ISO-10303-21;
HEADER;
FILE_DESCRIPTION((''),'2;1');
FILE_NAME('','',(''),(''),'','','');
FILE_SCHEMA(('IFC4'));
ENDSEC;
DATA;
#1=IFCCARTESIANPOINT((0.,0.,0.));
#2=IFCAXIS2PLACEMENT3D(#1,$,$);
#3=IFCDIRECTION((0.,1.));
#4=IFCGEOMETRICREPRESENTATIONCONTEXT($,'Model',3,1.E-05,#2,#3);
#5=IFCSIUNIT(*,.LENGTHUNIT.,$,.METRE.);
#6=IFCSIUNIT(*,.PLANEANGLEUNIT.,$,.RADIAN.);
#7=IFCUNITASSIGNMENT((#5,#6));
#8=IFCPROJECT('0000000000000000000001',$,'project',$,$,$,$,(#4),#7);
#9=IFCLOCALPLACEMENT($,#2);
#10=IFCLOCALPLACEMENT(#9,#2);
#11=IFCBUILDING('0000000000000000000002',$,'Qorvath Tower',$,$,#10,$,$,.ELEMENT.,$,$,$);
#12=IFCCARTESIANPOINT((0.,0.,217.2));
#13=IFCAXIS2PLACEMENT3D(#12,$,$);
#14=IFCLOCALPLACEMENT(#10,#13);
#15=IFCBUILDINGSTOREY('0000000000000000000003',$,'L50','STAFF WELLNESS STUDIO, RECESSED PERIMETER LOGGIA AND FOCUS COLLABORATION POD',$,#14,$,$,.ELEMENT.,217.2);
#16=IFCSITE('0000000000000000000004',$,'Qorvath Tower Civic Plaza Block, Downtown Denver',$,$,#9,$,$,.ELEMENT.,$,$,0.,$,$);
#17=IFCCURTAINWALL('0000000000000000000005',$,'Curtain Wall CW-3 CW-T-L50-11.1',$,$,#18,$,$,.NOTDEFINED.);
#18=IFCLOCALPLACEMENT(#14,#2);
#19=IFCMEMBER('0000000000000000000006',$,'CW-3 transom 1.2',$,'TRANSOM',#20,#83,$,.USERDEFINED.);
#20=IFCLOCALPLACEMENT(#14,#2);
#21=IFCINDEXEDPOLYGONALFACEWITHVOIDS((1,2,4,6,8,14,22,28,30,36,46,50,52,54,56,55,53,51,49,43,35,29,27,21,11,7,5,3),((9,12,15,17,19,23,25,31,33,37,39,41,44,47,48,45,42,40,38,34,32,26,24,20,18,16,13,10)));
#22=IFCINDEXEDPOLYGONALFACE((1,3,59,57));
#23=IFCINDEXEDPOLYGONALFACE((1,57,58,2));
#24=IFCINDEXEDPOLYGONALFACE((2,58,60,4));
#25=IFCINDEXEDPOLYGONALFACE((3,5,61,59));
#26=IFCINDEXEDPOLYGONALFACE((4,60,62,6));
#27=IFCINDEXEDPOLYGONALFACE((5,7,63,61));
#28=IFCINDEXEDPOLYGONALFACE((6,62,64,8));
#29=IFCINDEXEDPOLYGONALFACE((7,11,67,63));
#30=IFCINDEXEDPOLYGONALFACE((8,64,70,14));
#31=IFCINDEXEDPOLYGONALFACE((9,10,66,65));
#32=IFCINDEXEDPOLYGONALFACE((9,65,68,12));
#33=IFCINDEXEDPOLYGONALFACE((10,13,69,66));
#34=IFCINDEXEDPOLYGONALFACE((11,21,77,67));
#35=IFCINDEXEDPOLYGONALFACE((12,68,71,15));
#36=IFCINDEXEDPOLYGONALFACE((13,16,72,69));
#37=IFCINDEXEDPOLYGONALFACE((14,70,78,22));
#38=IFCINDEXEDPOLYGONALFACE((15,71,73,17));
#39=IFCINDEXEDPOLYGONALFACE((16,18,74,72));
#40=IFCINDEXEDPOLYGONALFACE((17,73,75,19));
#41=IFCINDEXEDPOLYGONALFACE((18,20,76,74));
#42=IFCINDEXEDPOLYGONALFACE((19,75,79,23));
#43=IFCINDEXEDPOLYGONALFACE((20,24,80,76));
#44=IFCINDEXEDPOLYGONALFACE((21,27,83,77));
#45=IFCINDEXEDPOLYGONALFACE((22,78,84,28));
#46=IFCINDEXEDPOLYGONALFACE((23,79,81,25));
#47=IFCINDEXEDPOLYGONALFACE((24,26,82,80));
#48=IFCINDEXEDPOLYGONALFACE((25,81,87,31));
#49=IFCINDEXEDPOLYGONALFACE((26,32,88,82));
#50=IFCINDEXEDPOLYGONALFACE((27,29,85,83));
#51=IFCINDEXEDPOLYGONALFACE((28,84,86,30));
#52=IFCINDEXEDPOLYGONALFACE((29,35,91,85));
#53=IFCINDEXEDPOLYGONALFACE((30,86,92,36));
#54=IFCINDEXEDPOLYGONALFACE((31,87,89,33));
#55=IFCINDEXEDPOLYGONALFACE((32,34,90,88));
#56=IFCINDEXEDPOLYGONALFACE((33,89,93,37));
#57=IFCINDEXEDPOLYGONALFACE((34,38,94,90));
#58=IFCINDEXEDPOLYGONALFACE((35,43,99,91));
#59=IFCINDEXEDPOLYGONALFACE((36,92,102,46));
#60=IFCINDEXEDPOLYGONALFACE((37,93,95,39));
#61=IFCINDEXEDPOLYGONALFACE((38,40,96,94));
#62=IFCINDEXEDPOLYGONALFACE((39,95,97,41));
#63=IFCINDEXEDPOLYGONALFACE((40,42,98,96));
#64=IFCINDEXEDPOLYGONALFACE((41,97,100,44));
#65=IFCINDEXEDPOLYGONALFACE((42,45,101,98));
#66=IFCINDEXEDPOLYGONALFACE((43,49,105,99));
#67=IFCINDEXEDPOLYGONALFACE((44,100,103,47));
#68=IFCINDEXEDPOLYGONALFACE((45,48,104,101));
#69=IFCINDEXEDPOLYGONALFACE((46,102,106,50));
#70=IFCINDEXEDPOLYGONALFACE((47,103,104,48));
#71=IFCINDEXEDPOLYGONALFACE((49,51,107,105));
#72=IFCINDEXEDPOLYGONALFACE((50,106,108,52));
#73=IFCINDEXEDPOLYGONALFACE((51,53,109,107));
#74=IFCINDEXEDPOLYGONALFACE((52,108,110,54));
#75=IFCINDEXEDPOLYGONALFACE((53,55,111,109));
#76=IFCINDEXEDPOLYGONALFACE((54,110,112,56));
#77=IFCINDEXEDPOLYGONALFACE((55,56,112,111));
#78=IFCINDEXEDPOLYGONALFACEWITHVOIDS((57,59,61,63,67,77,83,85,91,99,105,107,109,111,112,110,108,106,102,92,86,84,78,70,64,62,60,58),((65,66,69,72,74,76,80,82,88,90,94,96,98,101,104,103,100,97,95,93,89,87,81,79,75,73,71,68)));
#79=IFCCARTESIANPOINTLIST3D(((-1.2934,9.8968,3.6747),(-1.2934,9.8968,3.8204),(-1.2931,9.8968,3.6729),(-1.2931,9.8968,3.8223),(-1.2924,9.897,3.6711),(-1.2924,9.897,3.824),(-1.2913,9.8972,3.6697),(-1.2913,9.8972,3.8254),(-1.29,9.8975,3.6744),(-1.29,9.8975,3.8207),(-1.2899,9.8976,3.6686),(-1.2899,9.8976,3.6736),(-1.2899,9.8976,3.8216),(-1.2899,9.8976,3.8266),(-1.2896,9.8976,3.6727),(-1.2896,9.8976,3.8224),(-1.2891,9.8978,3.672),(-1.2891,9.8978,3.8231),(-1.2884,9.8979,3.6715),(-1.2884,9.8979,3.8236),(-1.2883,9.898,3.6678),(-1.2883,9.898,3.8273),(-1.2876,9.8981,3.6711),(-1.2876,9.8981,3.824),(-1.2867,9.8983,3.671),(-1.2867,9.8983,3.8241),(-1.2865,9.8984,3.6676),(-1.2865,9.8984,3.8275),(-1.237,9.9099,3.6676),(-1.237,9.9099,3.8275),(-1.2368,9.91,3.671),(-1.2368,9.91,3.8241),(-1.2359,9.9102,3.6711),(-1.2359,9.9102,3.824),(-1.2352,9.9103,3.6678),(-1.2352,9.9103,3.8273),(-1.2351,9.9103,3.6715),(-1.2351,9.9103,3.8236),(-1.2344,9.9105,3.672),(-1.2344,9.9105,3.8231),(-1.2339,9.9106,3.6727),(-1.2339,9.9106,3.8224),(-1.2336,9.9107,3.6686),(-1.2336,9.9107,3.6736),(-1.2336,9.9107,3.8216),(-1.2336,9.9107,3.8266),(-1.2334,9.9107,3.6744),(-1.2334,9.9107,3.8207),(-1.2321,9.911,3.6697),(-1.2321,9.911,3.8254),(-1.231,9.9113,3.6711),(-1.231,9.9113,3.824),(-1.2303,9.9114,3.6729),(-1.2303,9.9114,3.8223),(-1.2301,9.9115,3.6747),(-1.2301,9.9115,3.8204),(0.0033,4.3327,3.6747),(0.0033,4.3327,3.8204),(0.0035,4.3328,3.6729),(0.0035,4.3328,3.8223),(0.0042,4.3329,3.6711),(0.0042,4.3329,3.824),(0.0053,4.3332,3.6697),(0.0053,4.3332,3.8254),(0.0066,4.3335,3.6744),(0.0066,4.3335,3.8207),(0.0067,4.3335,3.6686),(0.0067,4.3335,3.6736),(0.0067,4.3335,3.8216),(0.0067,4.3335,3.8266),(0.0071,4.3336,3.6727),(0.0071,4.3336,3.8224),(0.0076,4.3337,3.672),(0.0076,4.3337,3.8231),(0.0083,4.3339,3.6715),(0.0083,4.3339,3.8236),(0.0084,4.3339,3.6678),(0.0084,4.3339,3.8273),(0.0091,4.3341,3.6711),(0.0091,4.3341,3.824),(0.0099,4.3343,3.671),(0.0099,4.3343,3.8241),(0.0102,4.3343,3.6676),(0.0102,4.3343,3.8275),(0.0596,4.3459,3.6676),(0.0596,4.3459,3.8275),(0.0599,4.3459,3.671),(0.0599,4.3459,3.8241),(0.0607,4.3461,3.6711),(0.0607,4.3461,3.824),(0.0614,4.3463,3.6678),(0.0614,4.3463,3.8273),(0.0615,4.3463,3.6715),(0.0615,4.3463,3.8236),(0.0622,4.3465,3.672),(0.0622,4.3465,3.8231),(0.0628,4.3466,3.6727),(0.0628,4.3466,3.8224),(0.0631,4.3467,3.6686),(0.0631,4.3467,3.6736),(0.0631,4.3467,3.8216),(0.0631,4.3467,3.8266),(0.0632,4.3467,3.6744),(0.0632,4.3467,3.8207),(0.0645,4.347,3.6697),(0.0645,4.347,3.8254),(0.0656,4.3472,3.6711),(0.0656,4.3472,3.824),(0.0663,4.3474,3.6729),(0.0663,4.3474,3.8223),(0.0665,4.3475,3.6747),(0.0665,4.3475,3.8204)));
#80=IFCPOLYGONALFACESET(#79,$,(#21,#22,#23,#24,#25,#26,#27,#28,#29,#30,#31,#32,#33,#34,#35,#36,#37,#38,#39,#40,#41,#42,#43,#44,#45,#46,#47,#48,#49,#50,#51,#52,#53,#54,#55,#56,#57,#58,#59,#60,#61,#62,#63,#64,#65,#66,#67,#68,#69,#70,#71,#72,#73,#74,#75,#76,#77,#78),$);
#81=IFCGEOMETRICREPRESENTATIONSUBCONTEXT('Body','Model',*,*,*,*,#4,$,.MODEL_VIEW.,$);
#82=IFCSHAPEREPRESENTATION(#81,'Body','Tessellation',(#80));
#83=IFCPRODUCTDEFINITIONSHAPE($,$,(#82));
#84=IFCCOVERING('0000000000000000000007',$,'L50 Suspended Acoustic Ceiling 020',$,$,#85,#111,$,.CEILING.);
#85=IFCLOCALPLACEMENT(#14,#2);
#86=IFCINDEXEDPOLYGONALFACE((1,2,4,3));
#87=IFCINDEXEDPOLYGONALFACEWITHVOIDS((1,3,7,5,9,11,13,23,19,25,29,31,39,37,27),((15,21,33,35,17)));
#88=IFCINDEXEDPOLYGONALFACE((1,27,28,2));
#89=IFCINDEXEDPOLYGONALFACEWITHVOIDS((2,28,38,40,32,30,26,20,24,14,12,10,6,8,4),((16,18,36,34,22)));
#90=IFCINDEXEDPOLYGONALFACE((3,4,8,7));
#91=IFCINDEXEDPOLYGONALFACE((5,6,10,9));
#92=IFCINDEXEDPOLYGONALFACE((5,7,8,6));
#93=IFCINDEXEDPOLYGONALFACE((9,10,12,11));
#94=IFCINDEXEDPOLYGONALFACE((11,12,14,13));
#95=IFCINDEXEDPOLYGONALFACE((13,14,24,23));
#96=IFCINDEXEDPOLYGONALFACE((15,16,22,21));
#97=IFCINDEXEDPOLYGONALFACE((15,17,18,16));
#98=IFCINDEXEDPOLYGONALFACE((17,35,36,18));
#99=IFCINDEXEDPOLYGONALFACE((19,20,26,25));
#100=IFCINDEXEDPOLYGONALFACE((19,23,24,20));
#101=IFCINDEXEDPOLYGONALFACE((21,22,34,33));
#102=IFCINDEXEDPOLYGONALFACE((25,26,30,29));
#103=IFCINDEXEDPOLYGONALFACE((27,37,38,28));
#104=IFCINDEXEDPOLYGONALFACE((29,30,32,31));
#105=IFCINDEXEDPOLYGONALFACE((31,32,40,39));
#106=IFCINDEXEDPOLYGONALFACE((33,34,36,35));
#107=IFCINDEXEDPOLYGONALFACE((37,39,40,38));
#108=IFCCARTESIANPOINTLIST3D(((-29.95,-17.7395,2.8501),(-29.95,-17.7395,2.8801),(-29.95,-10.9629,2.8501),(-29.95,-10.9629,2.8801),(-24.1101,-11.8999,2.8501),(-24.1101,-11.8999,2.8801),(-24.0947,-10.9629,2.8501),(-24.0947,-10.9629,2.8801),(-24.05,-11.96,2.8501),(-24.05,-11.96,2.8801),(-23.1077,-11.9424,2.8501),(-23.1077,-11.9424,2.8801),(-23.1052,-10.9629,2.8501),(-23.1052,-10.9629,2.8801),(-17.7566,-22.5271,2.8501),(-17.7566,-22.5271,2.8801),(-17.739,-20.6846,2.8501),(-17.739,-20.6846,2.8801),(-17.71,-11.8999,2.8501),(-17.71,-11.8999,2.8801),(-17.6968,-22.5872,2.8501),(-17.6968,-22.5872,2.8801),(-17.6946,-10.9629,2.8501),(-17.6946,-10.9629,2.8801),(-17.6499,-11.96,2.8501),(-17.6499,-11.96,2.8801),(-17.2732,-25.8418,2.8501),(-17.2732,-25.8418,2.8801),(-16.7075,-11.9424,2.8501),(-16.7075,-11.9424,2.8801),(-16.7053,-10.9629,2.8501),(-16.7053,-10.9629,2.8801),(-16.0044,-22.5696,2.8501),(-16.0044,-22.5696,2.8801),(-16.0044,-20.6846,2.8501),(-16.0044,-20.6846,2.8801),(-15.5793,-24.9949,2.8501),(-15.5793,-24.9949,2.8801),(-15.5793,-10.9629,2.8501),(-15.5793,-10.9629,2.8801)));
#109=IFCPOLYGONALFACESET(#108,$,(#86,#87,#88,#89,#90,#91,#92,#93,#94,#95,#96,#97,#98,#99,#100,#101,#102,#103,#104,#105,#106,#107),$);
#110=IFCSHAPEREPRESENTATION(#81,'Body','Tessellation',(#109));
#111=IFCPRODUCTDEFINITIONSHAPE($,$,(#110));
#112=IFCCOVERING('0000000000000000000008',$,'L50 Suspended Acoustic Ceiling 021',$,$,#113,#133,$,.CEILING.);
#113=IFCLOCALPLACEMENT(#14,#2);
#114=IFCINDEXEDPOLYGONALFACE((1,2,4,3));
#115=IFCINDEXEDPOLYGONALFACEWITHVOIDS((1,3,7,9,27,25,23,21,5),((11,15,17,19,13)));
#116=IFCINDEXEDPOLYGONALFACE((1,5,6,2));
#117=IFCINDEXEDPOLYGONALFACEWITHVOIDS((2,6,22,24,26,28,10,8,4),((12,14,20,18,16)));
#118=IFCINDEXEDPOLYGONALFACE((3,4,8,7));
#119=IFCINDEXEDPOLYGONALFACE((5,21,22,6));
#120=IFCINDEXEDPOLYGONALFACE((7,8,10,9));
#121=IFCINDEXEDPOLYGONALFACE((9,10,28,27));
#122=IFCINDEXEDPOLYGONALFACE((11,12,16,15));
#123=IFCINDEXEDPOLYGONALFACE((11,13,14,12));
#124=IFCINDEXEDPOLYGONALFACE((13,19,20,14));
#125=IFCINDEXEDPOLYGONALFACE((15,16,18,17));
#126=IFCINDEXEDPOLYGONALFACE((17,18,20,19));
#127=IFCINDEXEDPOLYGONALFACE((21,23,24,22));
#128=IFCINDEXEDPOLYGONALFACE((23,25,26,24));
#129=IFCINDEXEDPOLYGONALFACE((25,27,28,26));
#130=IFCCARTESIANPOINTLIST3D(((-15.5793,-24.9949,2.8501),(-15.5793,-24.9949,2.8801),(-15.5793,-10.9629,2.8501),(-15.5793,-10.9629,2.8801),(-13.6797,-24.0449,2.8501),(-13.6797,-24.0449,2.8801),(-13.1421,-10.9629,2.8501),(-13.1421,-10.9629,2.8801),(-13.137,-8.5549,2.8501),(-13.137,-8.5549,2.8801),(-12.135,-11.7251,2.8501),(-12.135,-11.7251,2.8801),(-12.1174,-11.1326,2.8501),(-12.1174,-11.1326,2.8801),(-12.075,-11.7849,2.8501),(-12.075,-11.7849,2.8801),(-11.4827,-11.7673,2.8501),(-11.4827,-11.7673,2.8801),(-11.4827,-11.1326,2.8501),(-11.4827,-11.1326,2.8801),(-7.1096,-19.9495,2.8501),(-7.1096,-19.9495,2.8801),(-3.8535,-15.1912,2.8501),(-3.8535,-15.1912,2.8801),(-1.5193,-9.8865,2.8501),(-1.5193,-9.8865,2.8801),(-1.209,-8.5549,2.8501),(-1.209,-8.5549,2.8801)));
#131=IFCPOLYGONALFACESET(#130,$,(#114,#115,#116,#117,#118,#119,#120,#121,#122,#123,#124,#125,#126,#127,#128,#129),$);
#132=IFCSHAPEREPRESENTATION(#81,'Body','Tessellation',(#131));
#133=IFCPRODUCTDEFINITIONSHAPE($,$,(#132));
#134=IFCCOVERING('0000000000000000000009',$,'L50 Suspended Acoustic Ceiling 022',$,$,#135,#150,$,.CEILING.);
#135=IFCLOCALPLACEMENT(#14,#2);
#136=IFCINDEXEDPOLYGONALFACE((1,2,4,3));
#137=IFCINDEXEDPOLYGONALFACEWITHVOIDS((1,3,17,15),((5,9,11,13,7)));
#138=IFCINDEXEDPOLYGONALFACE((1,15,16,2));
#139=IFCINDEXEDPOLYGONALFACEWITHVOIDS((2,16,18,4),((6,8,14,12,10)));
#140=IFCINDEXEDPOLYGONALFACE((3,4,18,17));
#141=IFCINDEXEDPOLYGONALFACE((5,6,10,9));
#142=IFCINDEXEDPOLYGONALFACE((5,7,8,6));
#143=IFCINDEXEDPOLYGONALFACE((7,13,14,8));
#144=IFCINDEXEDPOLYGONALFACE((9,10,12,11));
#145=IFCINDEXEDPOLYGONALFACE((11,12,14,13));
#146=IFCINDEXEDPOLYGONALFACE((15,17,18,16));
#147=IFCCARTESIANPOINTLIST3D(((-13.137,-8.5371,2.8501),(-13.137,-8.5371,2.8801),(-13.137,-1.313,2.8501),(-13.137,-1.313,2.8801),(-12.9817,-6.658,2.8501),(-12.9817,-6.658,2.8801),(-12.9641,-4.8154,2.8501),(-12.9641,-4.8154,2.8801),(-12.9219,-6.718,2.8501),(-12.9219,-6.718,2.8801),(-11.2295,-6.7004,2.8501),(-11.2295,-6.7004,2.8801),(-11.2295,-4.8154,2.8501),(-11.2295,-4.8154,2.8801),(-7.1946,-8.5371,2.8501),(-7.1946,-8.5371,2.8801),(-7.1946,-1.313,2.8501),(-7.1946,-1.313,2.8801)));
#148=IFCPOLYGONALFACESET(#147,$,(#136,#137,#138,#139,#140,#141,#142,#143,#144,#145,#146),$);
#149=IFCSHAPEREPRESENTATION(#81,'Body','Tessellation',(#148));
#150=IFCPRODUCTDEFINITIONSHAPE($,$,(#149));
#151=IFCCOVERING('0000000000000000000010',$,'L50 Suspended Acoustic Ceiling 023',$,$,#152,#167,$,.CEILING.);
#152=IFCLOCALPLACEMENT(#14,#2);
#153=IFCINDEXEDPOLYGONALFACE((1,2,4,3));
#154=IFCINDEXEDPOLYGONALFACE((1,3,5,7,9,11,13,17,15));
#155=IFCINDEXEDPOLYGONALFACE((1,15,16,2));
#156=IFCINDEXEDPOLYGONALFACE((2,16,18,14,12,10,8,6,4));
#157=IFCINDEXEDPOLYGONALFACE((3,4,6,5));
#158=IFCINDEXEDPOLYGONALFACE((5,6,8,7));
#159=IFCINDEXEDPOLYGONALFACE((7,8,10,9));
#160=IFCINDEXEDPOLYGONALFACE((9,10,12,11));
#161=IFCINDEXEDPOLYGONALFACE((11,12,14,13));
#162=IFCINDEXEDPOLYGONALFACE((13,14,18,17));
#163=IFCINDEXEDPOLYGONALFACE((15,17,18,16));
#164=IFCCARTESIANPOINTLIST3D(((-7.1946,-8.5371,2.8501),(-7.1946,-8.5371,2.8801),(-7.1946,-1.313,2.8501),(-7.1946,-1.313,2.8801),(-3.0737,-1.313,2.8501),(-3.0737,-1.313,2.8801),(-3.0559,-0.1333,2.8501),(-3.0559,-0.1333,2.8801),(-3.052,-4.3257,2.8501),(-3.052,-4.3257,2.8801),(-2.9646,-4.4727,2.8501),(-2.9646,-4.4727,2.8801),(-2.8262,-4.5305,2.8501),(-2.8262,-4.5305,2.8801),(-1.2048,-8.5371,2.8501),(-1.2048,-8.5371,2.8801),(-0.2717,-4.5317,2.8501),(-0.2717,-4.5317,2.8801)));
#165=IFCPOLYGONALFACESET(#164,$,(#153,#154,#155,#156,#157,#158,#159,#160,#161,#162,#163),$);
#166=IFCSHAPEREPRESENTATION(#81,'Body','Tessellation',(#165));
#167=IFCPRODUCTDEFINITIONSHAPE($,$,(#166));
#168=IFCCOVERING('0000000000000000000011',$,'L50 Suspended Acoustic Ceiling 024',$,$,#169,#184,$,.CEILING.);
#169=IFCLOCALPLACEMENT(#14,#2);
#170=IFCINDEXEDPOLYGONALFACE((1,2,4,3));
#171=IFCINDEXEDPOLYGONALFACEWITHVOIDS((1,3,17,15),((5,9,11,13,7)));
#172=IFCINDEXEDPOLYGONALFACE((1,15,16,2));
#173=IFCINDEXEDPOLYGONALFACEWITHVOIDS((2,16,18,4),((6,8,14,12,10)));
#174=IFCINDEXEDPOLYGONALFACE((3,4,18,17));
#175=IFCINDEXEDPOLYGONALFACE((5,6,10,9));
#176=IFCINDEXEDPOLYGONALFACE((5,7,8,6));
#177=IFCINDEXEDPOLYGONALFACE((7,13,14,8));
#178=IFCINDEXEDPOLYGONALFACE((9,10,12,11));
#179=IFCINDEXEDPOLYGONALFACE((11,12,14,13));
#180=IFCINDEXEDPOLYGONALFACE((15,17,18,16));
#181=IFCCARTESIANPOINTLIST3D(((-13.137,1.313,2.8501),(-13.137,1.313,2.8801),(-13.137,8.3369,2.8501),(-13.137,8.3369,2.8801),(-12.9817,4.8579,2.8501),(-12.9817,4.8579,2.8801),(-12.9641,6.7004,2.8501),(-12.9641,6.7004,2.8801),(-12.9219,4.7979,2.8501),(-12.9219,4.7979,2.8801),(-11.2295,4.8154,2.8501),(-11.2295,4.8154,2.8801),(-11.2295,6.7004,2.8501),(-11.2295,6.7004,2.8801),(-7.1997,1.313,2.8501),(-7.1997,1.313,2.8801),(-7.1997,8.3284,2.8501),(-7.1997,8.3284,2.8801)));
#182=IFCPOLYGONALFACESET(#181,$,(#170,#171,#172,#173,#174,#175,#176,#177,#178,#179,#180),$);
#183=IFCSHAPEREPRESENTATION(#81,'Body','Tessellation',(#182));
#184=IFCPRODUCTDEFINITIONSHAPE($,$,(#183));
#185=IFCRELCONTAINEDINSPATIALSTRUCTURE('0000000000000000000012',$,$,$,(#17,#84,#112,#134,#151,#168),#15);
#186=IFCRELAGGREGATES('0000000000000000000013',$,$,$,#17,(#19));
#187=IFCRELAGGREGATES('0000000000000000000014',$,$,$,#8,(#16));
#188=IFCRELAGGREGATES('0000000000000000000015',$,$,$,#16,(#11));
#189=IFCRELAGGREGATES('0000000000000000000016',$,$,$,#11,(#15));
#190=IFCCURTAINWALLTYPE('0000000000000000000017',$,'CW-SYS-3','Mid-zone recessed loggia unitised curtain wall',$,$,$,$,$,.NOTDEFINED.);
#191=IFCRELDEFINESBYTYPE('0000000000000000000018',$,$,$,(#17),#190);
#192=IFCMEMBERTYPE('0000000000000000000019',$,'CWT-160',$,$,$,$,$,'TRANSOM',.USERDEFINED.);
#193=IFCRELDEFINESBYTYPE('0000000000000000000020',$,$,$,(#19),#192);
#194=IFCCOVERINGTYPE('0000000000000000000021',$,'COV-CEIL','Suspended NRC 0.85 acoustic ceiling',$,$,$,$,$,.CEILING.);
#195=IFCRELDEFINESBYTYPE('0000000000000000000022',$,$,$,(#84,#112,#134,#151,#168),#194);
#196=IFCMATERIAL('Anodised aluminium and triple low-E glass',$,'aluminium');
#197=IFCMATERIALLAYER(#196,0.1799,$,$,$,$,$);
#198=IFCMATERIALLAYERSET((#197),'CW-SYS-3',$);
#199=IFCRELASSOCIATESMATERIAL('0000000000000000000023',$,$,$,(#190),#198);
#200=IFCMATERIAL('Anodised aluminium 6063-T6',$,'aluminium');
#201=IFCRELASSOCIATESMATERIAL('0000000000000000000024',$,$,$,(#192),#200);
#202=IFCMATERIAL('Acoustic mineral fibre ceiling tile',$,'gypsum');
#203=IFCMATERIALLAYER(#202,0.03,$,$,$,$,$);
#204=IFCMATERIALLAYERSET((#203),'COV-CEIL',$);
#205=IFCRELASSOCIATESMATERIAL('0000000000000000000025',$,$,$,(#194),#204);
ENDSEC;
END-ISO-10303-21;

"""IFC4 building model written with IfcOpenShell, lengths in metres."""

from ifc_helpers import new_model, si_unit, direction, frame, origin, origin_2d, place, context, subcontext, project, spatial, polyline, hollow_rectangle, outline, extrude, material, layer, layer_set, material_profile, profile_set, type_object, element, aggregate, save


model = new_model("IFC4")

# Units and contexts
model_context = context("Model", 3, precision=1e-05, world=origin(), true_north=direction((0.0, 1.0)))
body_context = subcontext(model_context, "Body", "Model", "MODEL_VIEW")
ifc_project = project(units=[si_unit("LENGTHUNIT", "METRE"), si_unit("PLANEANGLEUNIT", "RADIAN")], contexts=[model_context])

# Site, building, storey
site_placement = place(None, origin())
site = spatial("IfcSite", under=ifc_project, at=site_placement, Name="Qorvath Tower Civic Plaza Block, Downtown Denver", CompositionType="ELEMENT", RefElevation=0.0)
building_placement = place(site_placement, origin())
building = spatial("IfcBuilding", under=site, at=building_placement, Name="Qorvath Tower", CompositionType="ELEMENT")
storey_placement = place(building_placement, frame((0.0, 0.0, 217.2)))
storey = spatial("IfcBuildingStorey", under=building, at=storey_placement, Name="L50", Description="STAFF WELLNESS STUDIO, RECESSED PERIMETER LOGGIA AND FOCUS COLLABORATION POD", CompositionType="ELEMENT", Elevation=217.2)

# Curtain wall, member
ifc_material_1 = material(Name="Anodised aluminium and triple low-E glass", Category="aluminium")
ifc_layer_1 = layer(ifc_material_1, 0.1799)
ifc_layer_set_1 = layer_set([ifc_layer_1], Name="CW-SYS-3")
curtain_wall_type = type_object("IfcCurtainWallType", Name="CW-SYS-3", Description="Mid-zone recessed loggia unitised curtain wall", PredefinedType="NOTDEFINED", material=ifc_layer_set_1)
curtain_wall_placement = place(storey_placement, origin())
curtain_wall = element("IfcCurtainWall", 1, at=curtain_wall_placement, inside=storey, type_object=curtain_wall_type, Name="Curtain Wall CW-3 CW-T-L50-11.1", PredefinedType="NOTDEFINED")
ifc_material_2 = material(Name="Anodised aluminium 6063-T6", Category="aluminium")
ifc_material_profile_1 = material_profile(ifc_material_2, hollow_rectangle(XDim=0.0649, YDim=0.1599, WallThickness=0.0034, InnerFilletRadius=0.0034, OuterFilletRadius=0.0071, at=origin_2d()), Name="CWT 160x65")
ifc_profile_set_1 = profile_set([ifc_material_profile_1], Name="Anodised aluminium 6063-T6")
member_type_1 = type_object("IfcMemberType", Name="CWT-160", ElementType="TRANSOM", PredefinedType="USERDEFINED", material=ifc_profile_set_1)
member_1_placement = place(storey_placement, frame((0.0349, 4.3401, 3.7476), z_axis=(-0.226959, 0.973904, 0.0), x_axis=(-0.973904, -0.226959, 0.0)))
member_1 = element("IfcMember", 2, at=member_1_placement, type_object=member_type_1, Name="CW-3 transom 1.2", ObjectType="TRANSOM", PredefinedType="USERDEFINED", context=body_context, shape_type="SweptSolid", body=[
    extrude(hollow_rectangle(XDim=0.0649, YDim=0.1599, WallThickness=0.0034, InnerFilletRadius=0.0034, OuterFilletRadius=0.0071, at=origin_2d()), origin(), (0.0, 0.0, 1.0), 5.7131),
])
aggregate(curtain_wall, [member_1])

# Coverings
ifc_material_3 = material(Name="Acoustic mineral fibre ceiling tile", Category="gypsum")
ifc_layer_2 = layer(ifc_material_3, 0.03)
ifc_layer_set_2 = layer_set([ifc_layer_2], Name="COV-CEIL")
covering_type_1 = type_object("IfcCoveringType", Name="COV-CEIL", Description="Suspended NRC 0.85 acoustic ceiling", PredefinedType="CEILING", material=ifc_layer_set_2)
covering_1_placement = place(storey_placement, frame((0.0, 0.0, 2.8501)))
element("IfcCovering", 3, at=covering_1_placement, inside=storey, type_object=covering_type_1, Name="L50 Suspended Acoustic Ceiling 020", PredefinedType="CEILING", context=body_context, shape_type="SweptSolid", body=[
    extrude(outline(polyline([(-15.5793, -24.9949), (-15.5793, -10.9629), (-16.7053, -10.9629), (-16.7075, -11.9424), (-17.6499, -11.96), (-17.71, -11.8999), (-17.6946, -10.9629), (-23.1052, -10.9629), (-23.1077, -11.9424), (-24.05, -11.96), (-24.1101, -11.8999), (-24.0947, -10.9629), (-29.95, -10.9629), (-29.95, -17.7395), (-17.2732, -25.8418), (-15.5793, -24.9949)]), holes=[polyline([(-17.7566, -22.5271), (-17.739, -20.6846), (-16.0044, -20.6846), (-16.0044, -22.5696), (-17.6968, -22.5872), (-17.7566, -22.5271)])]), origin(), (0.0, 0.0, 1.0), 0.03),
])
covering_2_placement = place(storey_placement, frame((0.0, 0.0, 2.8501)))
element("IfcCovering", 4, at=covering_2_placement, inside=storey, type_object=covering_type_1, Name="L50 Suspended Acoustic Ceiling 021", PredefinedType="CEILING", context=body_context, shape_type="SweptSolid", body=[
    extrude(outline(polyline([(-13.6797, -24.0449), (-7.1096, -19.9495), (-3.8535, -15.1912), (-1.5193, -9.8865), (-1.209, -8.5549), (-13.137, -8.5549), (-13.1421, -10.9629), (-15.5793, -10.9629), (-15.5793, -24.9949), (-13.6797, -24.0449)]), holes=[polyline([(-12.135, -11.7251), (-12.1174, -11.1326), (-11.4827, -11.1326), (-11.4827, -11.7673), (-12.075, -11.7849), (-12.135, -11.7251)])]), origin(), (0.0, 0.0, 1.0), 0.03),
])
covering_3_placement = place(storey_placement, frame((0.0, 0.0, 2.8501)))
element("IfcCovering", 5, at=covering_3_placement, inside=storey, type_object=covering_type_1, Name="L50 Suspended Acoustic Ceiling 022", PredefinedType="CEILING", context=body_context, shape_type="SweptSolid", body=[
    extrude(outline(polyline([(-7.1946, -8.5371), (-7.1946, -1.313), (-13.137, -1.313), (-13.137, -8.5371), (-7.1946, -8.5371)]), holes=[polyline([(-12.9817, -6.658), (-12.9641, -4.8154), (-11.2295, -4.8154), (-11.2295, -6.7004), (-12.9219, -6.718), (-12.9817, -6.658)])]), origin(), (0.0, 0.0, 1.0), 0.03),
])
covering_4_placement = place(storey_placement, frame((0.0, 0.0, 2.8501)))
element("IfcCovering", 6, at=covering_4_placement, inside=storey, type_object=covering_type_1, Name="L50 Suspended Acoustic Ceiling 023", PredefinedType="CEILING", context=body_context, shape_type="SweptSolid", body=[
    extrude(outline(polyline([(-2.9646, -4.4727), (-3.052, -4.3257), (-3.0559, -0.1333), (-3.0737, -1.313), (-7.1946, -1.313), (-7.1946, -8.5371), (-1.2048, -8.5371), (-0.2717, -4.5317), (-2.8262, -4.5305), (-2.9646, -4.4727)])), origin(), (0.0, 0.0, 1.0), 0.03),
])
covering_5_placement = place(storey_placement, frame((0.0, 0.0, 2.8501)))
element("IfcCovering", 7, at=covering_5_placement, inside=storey, type_object=covering_type_1, Name="L50 Suspended Acoustic Ceiling 024", PredefinedType="CEILING", context=body_context, shape_type="SweptSolid", body=[
    extrude(outline(polyline([(-7.1997, 1.313), (-7.1997, 8.3284), (-13.137, 8.3369), (-13.137, 1.313), (-7.1997, 1.313)]), holes=[polyline([(-12.9817, 4.8579), (-12.9641, 6.7004), (-11.2295, 6.7004), (-11.2295, 4.8154), (-12.9219, 4.7979), (-12.9817, 4.8579)])]), origin(), (0.0, 0.0, 1.0), 0.03),
])

save(model, "model.ifc")
